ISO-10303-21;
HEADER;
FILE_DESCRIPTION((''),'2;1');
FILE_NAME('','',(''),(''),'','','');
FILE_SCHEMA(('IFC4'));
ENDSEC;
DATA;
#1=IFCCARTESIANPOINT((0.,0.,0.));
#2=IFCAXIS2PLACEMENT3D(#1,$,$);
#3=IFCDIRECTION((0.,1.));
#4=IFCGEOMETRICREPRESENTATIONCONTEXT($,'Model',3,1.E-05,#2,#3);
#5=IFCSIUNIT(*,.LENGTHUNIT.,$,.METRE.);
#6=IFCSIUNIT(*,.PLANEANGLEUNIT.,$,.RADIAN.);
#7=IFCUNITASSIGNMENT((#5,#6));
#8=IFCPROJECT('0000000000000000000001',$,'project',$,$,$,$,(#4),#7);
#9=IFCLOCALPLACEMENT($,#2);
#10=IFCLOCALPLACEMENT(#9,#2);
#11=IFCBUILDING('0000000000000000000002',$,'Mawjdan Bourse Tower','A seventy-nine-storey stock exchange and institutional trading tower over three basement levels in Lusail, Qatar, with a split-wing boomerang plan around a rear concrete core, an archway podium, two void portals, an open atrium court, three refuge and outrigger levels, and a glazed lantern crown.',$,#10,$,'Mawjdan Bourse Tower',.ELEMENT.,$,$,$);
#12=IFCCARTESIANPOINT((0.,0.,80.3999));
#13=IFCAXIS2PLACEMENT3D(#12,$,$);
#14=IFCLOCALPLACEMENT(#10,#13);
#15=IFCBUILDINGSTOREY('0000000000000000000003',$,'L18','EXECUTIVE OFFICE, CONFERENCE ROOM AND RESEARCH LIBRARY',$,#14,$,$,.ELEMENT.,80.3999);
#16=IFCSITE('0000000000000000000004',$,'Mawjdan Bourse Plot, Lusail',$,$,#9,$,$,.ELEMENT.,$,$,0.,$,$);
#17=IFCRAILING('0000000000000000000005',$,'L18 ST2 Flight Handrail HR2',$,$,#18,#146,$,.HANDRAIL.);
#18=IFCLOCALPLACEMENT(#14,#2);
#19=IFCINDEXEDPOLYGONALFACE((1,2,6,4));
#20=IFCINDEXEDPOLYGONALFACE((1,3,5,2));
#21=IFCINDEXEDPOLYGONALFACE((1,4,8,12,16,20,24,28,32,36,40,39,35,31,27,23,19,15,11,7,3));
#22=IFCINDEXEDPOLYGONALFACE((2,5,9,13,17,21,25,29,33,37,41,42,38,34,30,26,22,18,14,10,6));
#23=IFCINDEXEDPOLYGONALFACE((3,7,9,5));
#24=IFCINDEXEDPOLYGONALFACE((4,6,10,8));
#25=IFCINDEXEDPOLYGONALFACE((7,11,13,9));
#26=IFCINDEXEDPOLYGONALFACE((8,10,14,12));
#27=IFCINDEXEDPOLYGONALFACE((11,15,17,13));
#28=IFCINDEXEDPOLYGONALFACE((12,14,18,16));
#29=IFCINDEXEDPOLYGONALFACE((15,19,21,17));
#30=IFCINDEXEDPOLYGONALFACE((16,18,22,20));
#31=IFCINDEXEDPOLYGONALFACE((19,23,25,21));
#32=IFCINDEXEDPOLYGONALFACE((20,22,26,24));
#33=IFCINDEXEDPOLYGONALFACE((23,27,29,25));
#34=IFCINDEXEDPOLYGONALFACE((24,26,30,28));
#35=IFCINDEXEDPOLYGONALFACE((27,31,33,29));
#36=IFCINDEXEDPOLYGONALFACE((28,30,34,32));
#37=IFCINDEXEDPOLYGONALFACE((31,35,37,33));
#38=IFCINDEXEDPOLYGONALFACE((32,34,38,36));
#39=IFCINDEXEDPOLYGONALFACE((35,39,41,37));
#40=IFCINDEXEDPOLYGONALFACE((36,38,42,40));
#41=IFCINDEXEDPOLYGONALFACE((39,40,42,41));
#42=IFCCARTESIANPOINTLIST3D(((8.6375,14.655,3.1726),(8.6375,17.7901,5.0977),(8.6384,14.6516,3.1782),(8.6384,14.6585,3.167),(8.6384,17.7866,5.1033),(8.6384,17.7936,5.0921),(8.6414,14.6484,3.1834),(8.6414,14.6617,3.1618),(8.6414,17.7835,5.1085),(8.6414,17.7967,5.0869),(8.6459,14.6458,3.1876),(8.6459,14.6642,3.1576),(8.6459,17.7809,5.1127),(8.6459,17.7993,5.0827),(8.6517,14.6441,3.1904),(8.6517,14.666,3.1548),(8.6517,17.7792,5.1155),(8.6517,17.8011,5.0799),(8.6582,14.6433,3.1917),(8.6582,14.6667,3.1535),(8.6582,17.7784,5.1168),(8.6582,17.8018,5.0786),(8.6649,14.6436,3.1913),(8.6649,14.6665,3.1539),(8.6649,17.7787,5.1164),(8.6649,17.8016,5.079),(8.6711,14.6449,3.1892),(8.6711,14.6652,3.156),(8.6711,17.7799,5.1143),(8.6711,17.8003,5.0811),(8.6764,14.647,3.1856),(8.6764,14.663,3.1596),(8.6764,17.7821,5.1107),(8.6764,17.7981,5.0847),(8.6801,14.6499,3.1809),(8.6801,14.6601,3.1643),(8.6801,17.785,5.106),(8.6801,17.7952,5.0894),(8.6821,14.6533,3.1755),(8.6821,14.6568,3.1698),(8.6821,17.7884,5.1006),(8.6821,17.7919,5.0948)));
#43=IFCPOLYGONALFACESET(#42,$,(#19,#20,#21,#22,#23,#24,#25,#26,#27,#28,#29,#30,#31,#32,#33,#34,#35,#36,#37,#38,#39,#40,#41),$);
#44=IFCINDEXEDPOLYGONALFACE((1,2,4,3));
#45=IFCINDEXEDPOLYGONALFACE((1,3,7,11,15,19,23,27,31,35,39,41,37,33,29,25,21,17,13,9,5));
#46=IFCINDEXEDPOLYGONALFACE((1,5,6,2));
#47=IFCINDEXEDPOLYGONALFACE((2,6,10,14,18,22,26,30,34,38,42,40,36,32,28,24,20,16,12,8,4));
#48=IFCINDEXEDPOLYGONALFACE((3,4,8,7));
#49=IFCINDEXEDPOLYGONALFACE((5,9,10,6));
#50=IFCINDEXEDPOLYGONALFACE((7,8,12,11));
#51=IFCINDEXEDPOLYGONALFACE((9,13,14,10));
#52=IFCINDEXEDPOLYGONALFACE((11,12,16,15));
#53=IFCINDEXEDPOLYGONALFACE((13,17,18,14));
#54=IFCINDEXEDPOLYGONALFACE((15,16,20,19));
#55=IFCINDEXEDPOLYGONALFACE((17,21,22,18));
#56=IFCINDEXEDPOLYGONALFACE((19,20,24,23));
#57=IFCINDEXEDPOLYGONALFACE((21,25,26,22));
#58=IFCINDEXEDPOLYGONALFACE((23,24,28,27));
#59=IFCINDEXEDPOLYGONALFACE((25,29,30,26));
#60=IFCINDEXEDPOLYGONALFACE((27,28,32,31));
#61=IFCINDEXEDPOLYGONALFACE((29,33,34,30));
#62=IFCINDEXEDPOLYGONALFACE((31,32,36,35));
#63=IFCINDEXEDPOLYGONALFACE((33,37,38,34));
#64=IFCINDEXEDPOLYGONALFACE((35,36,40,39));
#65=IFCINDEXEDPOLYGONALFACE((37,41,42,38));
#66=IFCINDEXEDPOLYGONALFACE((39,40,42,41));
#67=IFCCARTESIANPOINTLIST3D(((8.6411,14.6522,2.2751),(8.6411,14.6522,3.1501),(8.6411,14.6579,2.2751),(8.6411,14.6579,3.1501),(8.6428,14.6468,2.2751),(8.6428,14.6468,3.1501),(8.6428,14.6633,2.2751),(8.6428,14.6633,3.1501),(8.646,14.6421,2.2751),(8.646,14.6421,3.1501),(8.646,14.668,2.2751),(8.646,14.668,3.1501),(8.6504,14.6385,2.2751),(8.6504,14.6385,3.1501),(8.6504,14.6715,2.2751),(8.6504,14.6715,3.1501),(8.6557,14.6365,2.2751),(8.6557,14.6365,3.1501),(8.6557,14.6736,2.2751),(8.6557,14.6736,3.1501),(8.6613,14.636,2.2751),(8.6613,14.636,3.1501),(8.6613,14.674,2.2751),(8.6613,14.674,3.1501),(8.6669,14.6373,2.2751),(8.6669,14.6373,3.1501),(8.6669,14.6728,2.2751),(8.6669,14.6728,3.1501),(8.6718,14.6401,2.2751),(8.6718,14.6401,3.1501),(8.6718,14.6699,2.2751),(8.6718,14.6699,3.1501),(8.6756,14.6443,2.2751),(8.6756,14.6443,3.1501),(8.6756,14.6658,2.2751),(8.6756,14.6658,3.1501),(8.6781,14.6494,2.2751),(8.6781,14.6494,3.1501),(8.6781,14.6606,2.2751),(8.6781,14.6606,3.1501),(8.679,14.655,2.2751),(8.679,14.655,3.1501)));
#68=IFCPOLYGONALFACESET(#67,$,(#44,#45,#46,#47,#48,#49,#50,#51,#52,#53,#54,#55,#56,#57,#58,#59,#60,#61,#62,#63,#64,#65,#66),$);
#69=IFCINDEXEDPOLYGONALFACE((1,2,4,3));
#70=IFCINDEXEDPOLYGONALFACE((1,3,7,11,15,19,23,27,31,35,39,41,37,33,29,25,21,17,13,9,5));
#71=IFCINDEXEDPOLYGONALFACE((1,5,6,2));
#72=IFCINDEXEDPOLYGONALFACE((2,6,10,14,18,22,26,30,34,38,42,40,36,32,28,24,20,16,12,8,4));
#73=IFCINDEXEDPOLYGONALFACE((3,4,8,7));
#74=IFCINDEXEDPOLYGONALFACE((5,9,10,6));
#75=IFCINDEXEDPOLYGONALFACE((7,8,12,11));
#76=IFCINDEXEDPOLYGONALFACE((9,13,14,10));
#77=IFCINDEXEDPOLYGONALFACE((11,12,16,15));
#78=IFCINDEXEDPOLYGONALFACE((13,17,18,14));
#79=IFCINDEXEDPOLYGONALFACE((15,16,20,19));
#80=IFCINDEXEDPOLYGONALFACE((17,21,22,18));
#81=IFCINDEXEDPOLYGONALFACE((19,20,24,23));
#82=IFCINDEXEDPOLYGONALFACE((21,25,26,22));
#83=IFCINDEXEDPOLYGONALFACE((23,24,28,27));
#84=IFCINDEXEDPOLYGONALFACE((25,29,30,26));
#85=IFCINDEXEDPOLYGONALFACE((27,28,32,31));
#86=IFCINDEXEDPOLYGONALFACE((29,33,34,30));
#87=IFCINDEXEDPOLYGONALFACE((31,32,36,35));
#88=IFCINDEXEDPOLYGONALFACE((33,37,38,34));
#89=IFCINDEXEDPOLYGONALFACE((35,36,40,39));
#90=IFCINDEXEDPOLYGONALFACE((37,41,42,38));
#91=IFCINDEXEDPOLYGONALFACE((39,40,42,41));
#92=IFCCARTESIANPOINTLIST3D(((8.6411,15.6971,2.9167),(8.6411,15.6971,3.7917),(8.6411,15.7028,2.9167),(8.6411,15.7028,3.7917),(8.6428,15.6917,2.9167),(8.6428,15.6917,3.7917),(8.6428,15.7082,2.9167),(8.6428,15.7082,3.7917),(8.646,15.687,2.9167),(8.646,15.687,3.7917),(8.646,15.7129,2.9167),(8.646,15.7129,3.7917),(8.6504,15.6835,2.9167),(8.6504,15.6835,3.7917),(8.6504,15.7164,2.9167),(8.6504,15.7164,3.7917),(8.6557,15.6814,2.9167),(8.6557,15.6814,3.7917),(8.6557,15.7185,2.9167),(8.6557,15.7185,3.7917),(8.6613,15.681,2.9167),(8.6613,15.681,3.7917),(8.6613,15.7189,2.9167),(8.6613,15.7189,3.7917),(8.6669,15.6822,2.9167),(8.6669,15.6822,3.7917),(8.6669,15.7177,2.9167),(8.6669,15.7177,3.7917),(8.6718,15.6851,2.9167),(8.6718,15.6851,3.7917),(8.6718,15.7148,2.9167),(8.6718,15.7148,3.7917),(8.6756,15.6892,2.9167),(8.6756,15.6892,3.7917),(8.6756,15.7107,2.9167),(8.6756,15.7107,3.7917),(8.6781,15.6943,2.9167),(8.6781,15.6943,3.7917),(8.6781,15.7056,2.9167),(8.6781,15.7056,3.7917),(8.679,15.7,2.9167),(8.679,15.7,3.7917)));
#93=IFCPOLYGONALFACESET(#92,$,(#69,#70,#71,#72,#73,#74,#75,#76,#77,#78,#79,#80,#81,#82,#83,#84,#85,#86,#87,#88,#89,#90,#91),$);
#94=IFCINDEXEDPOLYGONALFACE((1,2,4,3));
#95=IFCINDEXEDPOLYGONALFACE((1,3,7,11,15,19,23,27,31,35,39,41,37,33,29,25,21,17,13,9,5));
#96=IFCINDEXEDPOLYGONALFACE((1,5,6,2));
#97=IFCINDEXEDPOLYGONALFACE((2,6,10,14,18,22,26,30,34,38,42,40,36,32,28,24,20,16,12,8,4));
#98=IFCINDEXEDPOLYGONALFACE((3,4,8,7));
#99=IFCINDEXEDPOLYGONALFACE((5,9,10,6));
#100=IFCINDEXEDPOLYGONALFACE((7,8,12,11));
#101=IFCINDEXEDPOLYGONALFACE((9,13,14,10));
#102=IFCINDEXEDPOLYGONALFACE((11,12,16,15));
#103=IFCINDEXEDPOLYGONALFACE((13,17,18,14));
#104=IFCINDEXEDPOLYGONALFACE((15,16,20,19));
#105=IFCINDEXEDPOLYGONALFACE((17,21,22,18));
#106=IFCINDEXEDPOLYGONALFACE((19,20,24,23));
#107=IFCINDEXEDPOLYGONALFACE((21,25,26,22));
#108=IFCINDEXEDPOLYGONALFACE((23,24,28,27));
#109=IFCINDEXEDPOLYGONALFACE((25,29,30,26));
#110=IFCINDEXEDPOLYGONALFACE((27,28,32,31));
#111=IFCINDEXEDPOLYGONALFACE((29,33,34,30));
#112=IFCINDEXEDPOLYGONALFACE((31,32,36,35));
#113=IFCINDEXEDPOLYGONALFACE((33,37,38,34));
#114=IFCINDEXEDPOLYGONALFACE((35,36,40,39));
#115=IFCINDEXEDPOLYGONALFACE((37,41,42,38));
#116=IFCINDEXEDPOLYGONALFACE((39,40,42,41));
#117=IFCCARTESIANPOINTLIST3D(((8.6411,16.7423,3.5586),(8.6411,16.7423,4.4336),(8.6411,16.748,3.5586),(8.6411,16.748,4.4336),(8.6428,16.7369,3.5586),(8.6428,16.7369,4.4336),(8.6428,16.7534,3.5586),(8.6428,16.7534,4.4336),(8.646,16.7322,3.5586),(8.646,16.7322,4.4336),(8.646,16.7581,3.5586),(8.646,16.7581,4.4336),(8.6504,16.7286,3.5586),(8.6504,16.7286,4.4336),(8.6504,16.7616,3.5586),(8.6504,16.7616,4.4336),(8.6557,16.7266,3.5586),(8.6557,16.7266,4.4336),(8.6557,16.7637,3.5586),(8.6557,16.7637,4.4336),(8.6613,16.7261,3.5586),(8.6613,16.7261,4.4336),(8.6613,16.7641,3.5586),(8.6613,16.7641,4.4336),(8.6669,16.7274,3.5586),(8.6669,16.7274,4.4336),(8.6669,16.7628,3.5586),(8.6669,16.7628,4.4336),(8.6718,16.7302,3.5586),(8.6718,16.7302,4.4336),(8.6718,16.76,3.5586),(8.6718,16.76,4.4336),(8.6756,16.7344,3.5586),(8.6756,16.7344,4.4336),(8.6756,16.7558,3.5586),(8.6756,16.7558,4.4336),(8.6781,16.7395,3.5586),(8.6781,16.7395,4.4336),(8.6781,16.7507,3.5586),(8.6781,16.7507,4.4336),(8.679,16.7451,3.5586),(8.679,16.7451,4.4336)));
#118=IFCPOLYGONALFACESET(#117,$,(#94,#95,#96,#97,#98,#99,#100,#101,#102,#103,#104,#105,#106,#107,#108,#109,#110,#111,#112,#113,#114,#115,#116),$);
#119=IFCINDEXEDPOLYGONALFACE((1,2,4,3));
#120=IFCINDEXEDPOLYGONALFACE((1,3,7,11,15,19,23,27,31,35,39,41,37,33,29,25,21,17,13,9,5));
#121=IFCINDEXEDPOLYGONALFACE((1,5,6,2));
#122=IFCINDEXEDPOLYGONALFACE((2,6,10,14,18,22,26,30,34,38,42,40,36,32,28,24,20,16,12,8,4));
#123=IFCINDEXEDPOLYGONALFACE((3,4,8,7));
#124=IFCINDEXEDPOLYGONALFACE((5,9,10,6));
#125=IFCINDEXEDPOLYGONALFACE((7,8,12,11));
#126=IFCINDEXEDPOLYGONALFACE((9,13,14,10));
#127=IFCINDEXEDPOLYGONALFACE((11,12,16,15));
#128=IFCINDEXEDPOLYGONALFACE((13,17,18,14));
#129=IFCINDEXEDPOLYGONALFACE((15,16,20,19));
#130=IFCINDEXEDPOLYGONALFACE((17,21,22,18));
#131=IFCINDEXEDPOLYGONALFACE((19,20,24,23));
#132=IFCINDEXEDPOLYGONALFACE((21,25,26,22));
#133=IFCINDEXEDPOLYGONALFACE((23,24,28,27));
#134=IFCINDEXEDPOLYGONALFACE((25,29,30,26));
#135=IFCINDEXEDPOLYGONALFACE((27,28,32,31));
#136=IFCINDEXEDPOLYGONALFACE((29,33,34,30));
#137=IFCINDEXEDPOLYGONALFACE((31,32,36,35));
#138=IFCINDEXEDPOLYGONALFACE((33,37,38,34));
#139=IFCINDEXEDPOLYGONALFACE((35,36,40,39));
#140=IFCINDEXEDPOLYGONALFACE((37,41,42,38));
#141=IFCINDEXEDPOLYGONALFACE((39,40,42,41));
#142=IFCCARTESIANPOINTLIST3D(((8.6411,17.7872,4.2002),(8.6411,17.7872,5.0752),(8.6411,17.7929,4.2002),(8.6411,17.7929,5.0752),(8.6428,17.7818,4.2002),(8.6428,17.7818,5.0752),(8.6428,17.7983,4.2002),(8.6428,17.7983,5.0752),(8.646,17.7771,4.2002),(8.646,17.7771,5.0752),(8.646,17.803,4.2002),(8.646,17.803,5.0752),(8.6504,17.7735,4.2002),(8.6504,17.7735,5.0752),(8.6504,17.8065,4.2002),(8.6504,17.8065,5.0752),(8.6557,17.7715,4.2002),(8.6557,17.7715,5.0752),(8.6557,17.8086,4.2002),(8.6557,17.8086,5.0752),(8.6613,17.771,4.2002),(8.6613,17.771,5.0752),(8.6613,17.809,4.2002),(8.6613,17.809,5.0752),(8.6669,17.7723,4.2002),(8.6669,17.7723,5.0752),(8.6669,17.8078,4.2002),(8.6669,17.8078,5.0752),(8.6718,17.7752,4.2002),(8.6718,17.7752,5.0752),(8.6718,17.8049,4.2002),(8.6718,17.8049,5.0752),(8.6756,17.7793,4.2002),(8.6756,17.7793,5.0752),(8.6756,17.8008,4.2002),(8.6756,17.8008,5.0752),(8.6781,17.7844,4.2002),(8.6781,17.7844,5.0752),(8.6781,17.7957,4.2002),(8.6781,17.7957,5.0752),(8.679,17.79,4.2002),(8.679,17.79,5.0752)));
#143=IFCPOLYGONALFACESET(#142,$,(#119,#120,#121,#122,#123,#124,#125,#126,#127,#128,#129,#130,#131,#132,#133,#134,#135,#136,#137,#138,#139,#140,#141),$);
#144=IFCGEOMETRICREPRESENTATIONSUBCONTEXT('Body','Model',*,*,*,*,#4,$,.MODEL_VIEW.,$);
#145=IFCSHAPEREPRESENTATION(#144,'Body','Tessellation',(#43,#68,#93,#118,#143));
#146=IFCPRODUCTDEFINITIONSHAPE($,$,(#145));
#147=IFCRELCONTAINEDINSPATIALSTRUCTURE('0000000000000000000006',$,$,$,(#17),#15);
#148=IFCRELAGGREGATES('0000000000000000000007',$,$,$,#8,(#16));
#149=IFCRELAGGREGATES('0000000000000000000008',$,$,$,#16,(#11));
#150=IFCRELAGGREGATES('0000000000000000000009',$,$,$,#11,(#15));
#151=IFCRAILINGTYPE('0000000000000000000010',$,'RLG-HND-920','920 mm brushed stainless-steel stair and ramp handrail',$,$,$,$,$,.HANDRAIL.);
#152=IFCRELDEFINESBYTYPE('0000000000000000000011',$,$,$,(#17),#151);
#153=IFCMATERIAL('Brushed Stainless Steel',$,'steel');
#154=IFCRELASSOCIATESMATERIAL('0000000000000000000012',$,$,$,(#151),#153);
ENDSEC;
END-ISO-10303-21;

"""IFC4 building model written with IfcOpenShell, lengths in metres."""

from ifc_helpers import new_model, si_unit, direction, frame, origin, origin_2d, place, context, subcontext, project, spatial, circle, extrude, material, type_object, element, save


model = new_model("IFC4")

# Units and contexts
model_context = context("Model", 3, precision=1e-05, world=origin(), true_north=direction((0.0, 1.0)))
body_context = subcontext(model_context, "Body", "Model", "MODEL_VIEW")
ifc_project = project(units=[si_unit("LENGTHUNIT", "METRE"), si_unit("PLANEANGLEUNIT", "RADIAN")], contexts=[model_context])

# Site, building, storey
site_placement = place(None, origin())
site = spatial("IfcSite", under=ifc_project, at=site_placement, Name="Mawjdan Bourse Plot, Lusail", CompositionType="ELEMENT", RefElevation=0.0)
building_placement = place(site_placement, origin())
building = spatial("IfcBuilding", under=site, at=building_placement, Name="Mawjdan Bourse Tower", Description="A seventy-nine-storey stock exchange and institutional trading tower over three basement levels in Lusail, Qatar, with a split-wing boomerang plan around a rear concrete core, an archway podium, two void portals, an open atrium court, three refuge and outrigger levels, and a glazed lantern crown.", LongName="Mawjdan Bourse Tower", CompositionType="ELEMENT")
storey_placement = place(building_placement, frame((0.0, 0.0, 80.3999)))
storey = spatial("IfcBuildingStorey", under=building, at=storey_placement, Name="L18", Description="EXECUTIVE OFFICE, CONFERENCE ROOM AND RESEARCH LIBRARY", CompositionType="ELEMENT", Elevation=80.3999)

# Shared definitions
ifc_material_1 = material(Name="Brushed Stainless Steel", Category="steel")

# Railing
railing_type_1 = type_object("IfcRailingType", Name="RLG-HND-920", Description="920 mm brushed stainless-steel stair and ramp handrail", PredefinedType="HANDRAIL", material=ifc_material_1)
railing_1_placement = place(storey_placement, frame((8.6599, 14.655, 2.2751)))
element("IfcRailing", 1, at=railing_1_placement, inside=storey, type_object=railing_type_1, Name="L18 ST2 Flight Handrail HR2", PredefinedType="HANDRAIL", context=body_context, shape_type="SweptSolid", body=[
    extrude(circle(Radius=0.0225, at=origin_2d()), frame((0.0, 0.0, 0.8975), z_axis=(0.0, 0.852166, 0.523271), x_axis=(-1.0, 0.0, 0.0)), (0.0, 0.0, 1.0), 3.679),
    extrude(circle(Radius=0.019, at=origin_2d()), origin(), (0.0, 0.0, 1.0), 0.875),
    extrude(circle(Radius=0.019, at=origin_2d()), frame((0.0, 1.0449, 0.6416)), (0.0, 0.0, 1.0), 0.875),
    extrude(circle(Radius=0.019, at=origin_2d()), frame((0.0, 2.0901, 1.2834)), (0.0, 0.0, 1.0), 0.875),
    extrude(circle(Radius=0.019, at=origin_2d()), frame((0.0, 3.135, 1.925)), (0.0, 0.0, 1.0), 0.875),
])

save(model, "model.ifc")
